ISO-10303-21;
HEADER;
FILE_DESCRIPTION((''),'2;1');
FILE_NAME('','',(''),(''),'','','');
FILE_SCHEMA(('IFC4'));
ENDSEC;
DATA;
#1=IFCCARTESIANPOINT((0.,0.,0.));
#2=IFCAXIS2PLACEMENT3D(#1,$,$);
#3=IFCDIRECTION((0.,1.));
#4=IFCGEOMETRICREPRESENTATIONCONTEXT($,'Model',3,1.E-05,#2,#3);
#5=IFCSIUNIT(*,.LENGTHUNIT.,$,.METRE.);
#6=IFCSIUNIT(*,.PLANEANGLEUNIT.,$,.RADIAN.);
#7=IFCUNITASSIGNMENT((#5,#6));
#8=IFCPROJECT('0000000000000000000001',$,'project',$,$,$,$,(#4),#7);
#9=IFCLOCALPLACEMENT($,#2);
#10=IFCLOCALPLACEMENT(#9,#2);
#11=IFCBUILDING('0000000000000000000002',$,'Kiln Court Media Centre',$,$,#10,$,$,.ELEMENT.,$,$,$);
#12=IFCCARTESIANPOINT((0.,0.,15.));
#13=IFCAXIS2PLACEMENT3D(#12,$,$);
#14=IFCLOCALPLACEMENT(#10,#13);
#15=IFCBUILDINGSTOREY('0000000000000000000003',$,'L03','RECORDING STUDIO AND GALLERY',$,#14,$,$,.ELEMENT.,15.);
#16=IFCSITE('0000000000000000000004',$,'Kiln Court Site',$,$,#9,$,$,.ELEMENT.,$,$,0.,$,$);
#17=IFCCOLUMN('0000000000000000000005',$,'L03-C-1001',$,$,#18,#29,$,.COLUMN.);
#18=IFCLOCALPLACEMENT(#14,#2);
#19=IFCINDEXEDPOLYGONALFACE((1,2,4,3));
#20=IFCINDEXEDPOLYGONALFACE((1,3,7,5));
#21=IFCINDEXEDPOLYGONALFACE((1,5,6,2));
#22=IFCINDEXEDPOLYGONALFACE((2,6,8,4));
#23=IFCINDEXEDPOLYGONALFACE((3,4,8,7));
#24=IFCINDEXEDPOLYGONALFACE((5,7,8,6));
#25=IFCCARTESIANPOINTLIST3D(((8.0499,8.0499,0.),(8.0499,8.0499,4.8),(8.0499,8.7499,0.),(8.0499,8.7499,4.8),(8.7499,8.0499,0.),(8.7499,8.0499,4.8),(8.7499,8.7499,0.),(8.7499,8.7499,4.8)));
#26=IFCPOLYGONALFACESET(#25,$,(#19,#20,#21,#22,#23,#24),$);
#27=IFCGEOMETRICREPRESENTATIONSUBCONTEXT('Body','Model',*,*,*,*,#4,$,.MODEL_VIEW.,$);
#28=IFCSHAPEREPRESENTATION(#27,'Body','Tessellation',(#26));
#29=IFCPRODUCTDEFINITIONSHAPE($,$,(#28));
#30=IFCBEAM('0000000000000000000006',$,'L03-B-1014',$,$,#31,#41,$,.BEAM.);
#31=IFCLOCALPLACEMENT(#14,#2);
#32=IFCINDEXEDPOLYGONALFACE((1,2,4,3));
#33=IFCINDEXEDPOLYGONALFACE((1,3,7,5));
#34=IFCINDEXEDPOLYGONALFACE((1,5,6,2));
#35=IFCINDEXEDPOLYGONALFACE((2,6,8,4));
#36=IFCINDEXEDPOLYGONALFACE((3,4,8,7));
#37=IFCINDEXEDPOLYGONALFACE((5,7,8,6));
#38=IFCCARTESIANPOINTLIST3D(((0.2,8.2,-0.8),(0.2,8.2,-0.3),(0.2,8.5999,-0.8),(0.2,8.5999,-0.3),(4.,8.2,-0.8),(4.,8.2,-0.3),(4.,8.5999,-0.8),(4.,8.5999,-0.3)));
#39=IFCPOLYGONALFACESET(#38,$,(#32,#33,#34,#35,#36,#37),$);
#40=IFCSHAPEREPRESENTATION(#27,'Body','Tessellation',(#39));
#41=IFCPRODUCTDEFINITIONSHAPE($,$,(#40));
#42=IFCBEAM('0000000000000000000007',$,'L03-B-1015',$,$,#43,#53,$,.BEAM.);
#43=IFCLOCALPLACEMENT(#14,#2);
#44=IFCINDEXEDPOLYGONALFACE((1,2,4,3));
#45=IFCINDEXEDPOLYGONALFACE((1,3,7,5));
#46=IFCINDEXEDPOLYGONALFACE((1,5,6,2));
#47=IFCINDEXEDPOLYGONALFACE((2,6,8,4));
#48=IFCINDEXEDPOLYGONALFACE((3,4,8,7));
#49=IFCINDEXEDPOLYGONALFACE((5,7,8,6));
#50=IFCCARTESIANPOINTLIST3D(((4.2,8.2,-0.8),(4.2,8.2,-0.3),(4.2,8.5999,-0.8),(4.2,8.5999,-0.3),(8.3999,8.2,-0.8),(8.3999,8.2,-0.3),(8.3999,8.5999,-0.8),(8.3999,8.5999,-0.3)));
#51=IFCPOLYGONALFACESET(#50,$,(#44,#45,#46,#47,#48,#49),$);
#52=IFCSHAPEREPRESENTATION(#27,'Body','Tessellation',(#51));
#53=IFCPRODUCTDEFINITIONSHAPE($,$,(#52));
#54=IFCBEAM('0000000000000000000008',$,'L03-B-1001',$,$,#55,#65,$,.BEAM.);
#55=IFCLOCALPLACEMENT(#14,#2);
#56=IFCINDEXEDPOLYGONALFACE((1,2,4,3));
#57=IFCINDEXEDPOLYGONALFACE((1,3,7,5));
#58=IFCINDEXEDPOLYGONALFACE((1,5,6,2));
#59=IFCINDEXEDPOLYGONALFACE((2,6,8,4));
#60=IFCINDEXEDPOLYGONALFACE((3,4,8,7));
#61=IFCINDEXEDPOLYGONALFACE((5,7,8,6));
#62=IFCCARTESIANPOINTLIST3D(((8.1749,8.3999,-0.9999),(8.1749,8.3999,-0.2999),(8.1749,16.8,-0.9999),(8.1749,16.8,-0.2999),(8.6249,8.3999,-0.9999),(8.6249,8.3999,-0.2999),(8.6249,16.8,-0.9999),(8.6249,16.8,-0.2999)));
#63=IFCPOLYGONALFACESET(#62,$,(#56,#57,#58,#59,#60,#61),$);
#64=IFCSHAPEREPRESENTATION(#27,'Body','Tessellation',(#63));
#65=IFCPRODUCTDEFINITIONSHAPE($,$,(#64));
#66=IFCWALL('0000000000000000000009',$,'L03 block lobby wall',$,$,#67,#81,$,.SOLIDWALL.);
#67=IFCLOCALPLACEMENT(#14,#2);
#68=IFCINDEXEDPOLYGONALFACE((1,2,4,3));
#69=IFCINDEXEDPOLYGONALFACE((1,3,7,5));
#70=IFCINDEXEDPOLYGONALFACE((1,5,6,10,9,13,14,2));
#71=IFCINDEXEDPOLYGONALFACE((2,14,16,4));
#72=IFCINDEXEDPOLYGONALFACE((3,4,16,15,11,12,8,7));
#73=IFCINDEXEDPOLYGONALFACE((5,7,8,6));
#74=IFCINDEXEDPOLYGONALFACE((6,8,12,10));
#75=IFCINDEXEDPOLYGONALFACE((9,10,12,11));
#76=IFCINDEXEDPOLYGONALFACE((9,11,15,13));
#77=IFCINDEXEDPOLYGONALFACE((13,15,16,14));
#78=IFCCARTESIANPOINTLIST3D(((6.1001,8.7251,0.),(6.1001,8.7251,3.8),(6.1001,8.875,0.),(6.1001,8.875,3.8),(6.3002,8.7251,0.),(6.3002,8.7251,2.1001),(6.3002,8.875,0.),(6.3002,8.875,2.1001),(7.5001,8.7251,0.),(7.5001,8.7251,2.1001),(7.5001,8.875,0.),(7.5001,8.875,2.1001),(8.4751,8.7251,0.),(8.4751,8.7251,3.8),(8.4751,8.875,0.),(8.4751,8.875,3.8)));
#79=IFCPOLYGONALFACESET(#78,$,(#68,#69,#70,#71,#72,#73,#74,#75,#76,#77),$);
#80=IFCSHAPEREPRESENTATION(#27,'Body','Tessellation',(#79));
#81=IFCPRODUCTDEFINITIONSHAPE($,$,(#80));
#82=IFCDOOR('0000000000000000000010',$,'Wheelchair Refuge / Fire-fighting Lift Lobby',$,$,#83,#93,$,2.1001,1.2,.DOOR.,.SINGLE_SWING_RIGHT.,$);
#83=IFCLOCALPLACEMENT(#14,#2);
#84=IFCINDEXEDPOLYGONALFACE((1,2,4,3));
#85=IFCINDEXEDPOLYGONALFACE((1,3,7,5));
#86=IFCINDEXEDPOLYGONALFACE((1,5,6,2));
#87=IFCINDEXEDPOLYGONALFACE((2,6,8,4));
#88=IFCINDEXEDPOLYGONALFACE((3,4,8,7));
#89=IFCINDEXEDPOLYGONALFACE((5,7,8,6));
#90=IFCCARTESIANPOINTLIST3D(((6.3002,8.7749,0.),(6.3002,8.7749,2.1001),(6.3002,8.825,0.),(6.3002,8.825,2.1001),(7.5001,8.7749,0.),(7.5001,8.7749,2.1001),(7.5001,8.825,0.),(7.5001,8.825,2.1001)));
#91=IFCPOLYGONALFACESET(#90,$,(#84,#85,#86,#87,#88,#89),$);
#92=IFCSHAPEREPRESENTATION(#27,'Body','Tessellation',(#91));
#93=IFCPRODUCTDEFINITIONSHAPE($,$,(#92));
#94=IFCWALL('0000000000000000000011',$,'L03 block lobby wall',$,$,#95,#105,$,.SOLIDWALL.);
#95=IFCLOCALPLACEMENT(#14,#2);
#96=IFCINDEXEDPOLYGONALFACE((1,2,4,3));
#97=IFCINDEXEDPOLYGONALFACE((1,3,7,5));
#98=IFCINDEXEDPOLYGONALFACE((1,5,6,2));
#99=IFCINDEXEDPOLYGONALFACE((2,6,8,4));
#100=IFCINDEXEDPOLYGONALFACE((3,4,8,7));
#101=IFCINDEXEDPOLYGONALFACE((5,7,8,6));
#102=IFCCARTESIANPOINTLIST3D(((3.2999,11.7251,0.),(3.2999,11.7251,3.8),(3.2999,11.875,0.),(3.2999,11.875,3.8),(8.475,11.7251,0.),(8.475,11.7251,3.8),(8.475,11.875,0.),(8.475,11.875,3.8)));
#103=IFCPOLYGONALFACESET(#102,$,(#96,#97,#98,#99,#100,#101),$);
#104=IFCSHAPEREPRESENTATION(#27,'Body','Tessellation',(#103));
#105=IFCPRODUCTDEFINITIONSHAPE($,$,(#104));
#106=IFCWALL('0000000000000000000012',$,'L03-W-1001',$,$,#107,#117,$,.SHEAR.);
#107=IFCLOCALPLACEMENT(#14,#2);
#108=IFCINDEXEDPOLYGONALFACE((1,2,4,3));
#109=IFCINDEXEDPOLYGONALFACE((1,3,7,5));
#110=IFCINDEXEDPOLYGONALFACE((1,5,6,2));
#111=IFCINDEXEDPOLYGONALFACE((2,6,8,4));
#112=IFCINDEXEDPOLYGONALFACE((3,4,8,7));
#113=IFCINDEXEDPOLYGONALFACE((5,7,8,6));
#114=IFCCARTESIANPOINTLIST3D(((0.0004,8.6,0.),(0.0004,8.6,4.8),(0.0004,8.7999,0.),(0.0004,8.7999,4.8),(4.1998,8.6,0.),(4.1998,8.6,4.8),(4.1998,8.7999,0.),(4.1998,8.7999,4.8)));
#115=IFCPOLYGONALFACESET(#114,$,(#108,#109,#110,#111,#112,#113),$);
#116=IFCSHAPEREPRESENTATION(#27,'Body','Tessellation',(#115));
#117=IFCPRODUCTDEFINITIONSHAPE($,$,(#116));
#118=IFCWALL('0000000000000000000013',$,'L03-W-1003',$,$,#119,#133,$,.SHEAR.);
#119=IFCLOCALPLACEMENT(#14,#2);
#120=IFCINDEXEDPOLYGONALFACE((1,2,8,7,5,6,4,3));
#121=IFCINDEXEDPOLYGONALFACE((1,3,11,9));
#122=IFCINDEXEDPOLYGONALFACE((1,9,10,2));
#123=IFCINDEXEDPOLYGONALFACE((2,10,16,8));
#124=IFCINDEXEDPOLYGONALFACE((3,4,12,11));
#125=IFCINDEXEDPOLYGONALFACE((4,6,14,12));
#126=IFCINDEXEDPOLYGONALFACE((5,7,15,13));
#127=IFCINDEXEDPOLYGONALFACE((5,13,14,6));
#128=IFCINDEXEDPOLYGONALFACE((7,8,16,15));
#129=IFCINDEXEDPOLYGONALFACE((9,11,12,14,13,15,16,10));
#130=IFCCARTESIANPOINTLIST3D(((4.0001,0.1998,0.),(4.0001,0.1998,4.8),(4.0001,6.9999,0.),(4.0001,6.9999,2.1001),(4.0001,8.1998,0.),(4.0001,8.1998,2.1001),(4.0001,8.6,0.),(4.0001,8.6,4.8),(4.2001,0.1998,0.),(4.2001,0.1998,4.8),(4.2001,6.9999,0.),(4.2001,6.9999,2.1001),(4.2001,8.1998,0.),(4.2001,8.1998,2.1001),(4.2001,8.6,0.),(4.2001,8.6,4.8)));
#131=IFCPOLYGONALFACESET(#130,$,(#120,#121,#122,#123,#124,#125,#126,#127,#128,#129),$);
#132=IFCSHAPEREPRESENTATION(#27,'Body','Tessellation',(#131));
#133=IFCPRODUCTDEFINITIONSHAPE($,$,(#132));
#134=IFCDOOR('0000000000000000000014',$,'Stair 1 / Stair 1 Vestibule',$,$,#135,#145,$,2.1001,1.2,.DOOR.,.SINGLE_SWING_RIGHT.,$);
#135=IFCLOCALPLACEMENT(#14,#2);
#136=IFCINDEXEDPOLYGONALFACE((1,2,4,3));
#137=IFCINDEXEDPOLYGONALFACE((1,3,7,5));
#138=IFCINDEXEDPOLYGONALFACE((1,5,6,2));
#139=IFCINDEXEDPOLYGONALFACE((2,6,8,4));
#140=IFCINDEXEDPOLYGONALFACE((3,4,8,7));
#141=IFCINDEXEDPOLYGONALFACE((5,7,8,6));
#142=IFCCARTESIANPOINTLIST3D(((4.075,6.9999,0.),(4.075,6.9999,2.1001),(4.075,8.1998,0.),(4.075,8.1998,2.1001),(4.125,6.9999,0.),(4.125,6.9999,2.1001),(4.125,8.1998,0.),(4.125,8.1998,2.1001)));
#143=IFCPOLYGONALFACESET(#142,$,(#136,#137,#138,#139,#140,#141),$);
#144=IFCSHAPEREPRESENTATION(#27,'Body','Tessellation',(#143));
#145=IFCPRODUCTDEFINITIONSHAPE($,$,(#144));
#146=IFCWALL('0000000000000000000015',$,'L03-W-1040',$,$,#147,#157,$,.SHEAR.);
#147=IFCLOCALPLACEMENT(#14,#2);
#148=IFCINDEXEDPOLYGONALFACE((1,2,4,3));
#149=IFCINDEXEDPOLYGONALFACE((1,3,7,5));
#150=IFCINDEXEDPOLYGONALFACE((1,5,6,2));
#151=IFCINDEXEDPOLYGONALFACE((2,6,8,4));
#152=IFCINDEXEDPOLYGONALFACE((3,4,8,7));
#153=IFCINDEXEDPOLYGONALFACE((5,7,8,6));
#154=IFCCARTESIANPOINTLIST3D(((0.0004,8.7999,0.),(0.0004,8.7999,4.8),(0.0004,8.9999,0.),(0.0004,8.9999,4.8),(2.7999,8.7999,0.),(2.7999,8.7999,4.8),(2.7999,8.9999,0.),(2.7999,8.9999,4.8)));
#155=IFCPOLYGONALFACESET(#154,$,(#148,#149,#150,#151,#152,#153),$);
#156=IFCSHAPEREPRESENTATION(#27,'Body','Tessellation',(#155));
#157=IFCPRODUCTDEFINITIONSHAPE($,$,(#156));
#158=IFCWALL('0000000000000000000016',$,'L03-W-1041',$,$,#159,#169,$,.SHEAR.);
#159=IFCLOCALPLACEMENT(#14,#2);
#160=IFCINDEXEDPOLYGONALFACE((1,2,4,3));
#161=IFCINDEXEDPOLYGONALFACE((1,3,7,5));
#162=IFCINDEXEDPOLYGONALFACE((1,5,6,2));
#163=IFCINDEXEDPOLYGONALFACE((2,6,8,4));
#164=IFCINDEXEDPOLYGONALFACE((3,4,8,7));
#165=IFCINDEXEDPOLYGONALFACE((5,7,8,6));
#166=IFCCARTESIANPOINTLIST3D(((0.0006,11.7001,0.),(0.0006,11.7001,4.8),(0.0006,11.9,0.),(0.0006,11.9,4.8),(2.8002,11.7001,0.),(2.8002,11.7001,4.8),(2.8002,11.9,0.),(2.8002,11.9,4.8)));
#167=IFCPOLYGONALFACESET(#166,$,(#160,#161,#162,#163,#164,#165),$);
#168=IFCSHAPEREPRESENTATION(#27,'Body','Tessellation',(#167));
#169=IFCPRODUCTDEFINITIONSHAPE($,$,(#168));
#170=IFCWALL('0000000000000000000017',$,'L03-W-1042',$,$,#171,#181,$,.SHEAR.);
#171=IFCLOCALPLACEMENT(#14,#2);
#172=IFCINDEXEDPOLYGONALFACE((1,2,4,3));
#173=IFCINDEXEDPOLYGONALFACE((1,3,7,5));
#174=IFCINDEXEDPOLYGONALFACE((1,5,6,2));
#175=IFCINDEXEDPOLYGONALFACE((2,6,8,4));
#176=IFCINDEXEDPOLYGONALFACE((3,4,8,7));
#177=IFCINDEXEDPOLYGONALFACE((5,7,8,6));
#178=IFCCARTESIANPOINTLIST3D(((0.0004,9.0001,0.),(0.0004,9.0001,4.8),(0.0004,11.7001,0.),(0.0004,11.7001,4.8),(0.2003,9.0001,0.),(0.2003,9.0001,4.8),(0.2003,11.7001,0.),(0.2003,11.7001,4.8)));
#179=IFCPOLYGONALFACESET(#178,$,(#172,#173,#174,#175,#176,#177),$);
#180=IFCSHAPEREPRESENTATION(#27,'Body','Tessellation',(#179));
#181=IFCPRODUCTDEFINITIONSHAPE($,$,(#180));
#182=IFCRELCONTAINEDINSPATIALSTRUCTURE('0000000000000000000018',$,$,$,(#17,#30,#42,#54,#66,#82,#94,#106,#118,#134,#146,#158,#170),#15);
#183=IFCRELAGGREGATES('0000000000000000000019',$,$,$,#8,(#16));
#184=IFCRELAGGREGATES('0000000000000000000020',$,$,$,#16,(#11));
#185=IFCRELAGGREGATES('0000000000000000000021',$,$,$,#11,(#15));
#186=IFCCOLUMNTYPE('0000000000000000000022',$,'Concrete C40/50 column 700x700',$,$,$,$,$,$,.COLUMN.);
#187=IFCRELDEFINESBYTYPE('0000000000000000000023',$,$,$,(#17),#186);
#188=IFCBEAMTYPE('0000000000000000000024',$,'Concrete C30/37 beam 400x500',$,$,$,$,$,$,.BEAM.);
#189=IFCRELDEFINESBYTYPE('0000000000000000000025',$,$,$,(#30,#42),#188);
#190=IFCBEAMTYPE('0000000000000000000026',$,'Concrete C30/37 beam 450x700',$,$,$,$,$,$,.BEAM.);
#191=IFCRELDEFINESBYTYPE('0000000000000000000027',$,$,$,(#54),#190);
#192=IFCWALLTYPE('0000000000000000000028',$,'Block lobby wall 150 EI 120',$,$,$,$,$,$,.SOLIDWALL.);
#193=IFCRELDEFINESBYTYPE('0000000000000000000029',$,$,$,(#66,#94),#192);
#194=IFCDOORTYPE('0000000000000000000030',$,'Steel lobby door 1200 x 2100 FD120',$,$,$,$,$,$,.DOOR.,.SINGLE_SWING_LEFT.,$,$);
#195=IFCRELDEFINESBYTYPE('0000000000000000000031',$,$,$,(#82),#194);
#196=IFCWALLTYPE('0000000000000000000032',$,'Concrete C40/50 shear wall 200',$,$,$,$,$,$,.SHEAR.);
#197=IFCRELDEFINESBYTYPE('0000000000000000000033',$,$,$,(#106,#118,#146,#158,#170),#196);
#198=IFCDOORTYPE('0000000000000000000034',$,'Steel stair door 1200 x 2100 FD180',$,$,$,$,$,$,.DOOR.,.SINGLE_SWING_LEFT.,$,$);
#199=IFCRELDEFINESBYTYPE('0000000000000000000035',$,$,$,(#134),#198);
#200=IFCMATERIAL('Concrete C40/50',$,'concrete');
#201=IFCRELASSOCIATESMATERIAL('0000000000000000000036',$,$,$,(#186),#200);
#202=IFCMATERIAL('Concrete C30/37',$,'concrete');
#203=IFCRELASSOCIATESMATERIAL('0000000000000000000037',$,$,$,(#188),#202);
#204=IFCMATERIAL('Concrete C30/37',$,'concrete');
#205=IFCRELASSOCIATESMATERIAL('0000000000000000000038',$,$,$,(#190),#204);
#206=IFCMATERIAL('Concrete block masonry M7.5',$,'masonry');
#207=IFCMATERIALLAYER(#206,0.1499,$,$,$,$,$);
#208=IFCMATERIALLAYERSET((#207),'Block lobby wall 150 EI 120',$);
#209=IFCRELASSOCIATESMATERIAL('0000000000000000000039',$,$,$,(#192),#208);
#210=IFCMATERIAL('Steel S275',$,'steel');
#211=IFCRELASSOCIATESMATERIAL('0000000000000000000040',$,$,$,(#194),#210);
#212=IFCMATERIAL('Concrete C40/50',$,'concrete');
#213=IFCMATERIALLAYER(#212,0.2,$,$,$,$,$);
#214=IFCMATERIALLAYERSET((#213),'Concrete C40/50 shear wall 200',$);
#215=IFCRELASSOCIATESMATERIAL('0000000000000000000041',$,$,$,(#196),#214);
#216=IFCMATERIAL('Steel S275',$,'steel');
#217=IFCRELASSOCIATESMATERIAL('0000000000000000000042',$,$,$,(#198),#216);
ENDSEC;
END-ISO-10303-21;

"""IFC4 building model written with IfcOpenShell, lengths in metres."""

from ifc_helpers import new_model, si_unit, direction, frame, frame_2d, origin, origin_2d, place, context, subcontext, project, spatial, rectangle, extrude, material, layer, layer_set, material_profile, profile_set, type_object, element, fill, save


model = new_model("IFC4")

# Units and contexts
model_context = context("Model", 3, precision=1e-05, world=origin(), true_north=direction((0.0, 1.0)))
body_context = subcontext(model_context, "Body", "Model", "MODEL_VIEW")
ifc_project = project(units=[si_unit("LENGTHUNIT", "METRE"), si_unit("PLANEANGLEUNIT", "RADIAN")], contexts=[model_context])

# Site, building, storey
site_placement = place(None, origin())
site = spatial("IfcSite", under=ifc_project, at=site_placement, Name="Kiln Court Site", CompositionType="ELEMENT", RefElevation=0.0)
building_placement = place(site_placement, origin())
building = spatial("IfcBuilding", under=site, at=building_placement, Name="Kiln Court Media Centre", CompositionType="ELEMENT")
storey_placement = place(building_placement, frame((0.0, 0.0, 15.0)))
storey = spatial("IfcBuildingStorey", under=building, at=storey_placement, Name="L03", Description="RECORDING STUDIO AND GALLERY", CompositionType="ELEMENT", Elevation=15.0)

# Column
ifc_material_1 = material(Name="Concrete C40/50", Category="concrete")
ifc_material_profile_1 = material_profile(ifc_material_1, rectangle(XDim=0.7, YDim=0.7, at=origin_2d()), Name="RC 700x700")
ifc_profile_set_1 = profile_set([ifc_material_profile_1], Name="Concrete C40/50")
column_type = type_object("IfcColumnType", Name="Concrete C40/50 column 700x700", PredefinedType="COLUMN", material=ifc_profile_set_1)
column_placement = place(storey_placement, frame((8.3999, 8.3999, 0.0), z_axis=(0.0, 0.0, 1.0), x_axis=(1.0, 0.0, 0.0)))
element("IfcColumn", 1, at=column_placement, inside=storey, type_object=column_type, Name="L03-C-1001", PredefinedType="COLUMN", context=body_context, shape_type="SweptSolid", body=[
    extrude(rectangle(XDim=0.7, YDim=0.7, at=origin_2d()), origin(), (0.0, 0.0, 1.0), 4.8),
])

# Beams
ifc_material_2 = material(Name="Concrete C30/37", Category="concrete")
ifc_material_profile_2 = material_profile(ifc_material_2, rectangle(XDim=0.3999, YDim=0.5, at=origin_2d()), Name="RC 400x500")
ifc_profile_set_2 = profile_set([ifc_material_profile_2], Name="Concrete C30/37")
beam_type_1 = type_object("IfcBeamType", Name="Concrete C30/37 beam 400x500", PredefinedType="BEAM", material=ifc_profile_set_2)
beam_1_placement = place(storey_placement, frame((0.2, 8.3999, -0.55), z_axis=(1.0, 0.0, 0.0), x_axis=(0.0, 1.0, 0.0)))
element("IfcBeam", 2, at=beam_1_placement, inside=storey, type_object=beam_type_1, Name="L03-B-1014", PredefinedType="BEAM", context=body_context, shape_type="SweptSolid", body=[
    extrude(rectangle(XDim=0.3999, YDim=0.5, at=origin_2d()), origin(), (0.0, 0.0, 1.0), 3.8),
])
beam_2_placement = place(storey_placement, frame((4.2, 8.3999, -0.55), z_axis=(1.0, 0.0, 0.0), x_axis=(0.0, 1.0, 0.0)))
element("IfcBeam", 3, at=beam_2_placement, inside=storey, type_object=beam_type_1, Name="L03-B-1015", PredefinedType="BEAM", context=body_context, shape_type="SweptSolid", body=[
    extrude(rectangle(XDim=0.3999, YDim=0.5, at=origin_2d()), origin(), (0.0, 0.0, 1.0), 4.2),
])
ifc_material_3 = material(Name="Concrete C30/37", Category="concrete")
ifc_material_profile_3 = material_profile(ifc_material_3, rectangle(XDim=0.45, YDim=0.7, at=origin_2d()), Name="RC 450x700")
ifc_profile_set_3 = profile_set([ifc_material_profile_3], Name="Concrete C30/37")
beam_type_2 = type_object("IfcBeamType", Name="Concrete C30/37 beam 450x700", PredefinedType="BEAM", material=ifc_profile_set_3)
beam_3_placement = place(storey_placement, frame((8.3999, 8.3999, -0.6499), z_axis=(0.0, 1.0, 0.0), x_axis=(-1.0, 0.0, 0.0)))
element("IfcBeam", 4, at=beam_3_placement, inside=storey, type_object=beam_type_2, Name="L03-B-1001", PredefinedType="BEAM", context=body_context, shape_type="SweptSolid", body=[
    extrude(rectangle(XDim=0.45, YDim=0.7, at=origin_2d()), origin(), (0.0, 0.0, 1.0), 8.4001),
])

# Wall, opening, door
ifc_material_4 = material(Name="Concrete block masonry M7.5", Category="masonry")
ifc_layer_1 = layer(ifc_material_4, 0.1499)
ifc_layer_set_1 = layer_set([ifc_layer_1], Name="Block lobby wall 150 EI 120")
wall_type_1 = type_object("IfcWallType", Name="Block lobby wall 150 EI 120", PredefinedType="SOLIDWALL", material=ifc_layer_set_1)
wall_1_placement = place(storey_placement, frame((6.1001, 8.8, 0.0), z_axis=(0.0, 0.0, 1.0), x_axis=(1.0, 0.0, 0.0)))
wall_1 = element("IfcWall", 5, at=wall_1_placement, inside=storey, type_object=wall_type_1, Name="L03 block lobby wall", PredefinedType="SOLIDWALL", context=body_context, shape_type="SweptSolid", body=[
    extrude(rectangle(XDim=2.375, YDim=0.1499, at=frame_2d((1.1875, 0.0))), origin(), (0.0, 0.0, 1.0), 3.8),
])
opening_1_placement = place(wall_1_placement, frame((0.2, 0.0, 0.0)))
opening_1 = element("IfcOpeningElement", 6, at=opening_1_placement, cuts=wall_1, PredefinedType="OPENING", context=body_context, shape_type="SweptSolid", body=[
    extrude(rectangle(XDim=1.2, YDim=2.1001, at=frame_2d((0.6001, 1.05))), frame((0.0, 0.085, 0.0), z_axis=(0.0, -1.0, 0.0), x_axis=(1.0, 0.0, 0.0)), (0.0, 0.0, 1.0), 0.1699),
])
ifc_material_5 = material(Name="Steel S275", Category="steel")
door_type_1 = type_object("IfcDoorType", Name="Steel lobby door 1200 x 2100 FD120", OperationType="SINGLE_SWING_LEFT", PredefinedType="DOOR", material=ifc_material_5)
door_1_placement = place(opening_1_placement, origin())
door_1 = element("IfcDoor", 7, at=door_1_placement, inside=storey, type_object=door_type_1, Name="Wheelchair Refuge / Fire-fighting Lift Lobby", OperationType="SINGLE_SWING_RIGHT", OverallHeight=2.1001, OverallWidth=1.2, PredefinedType="DOOR", context=body_context, shape_type="SweptSolid", body=[
    extrude(rectangle(XDim=1.2, YDim=2.1001, at=frame_2d((0.6001, 1.05))), frame((0.0, 0.0249, 0.0), z_axis=(0.0, -1.0, 0.0), x_axis=(1.0, 0.0, 0.0)), (0.0, 0.0, 1.0), 0.05),
])
fill(opening_1, door_1)

# Walls
wall_2_placement = place(storey_placement, frame((3.3, 11.8, 0.0), z_axis=(0.0, 0.0, 1.0), x_axis=(1.0, 0.0, 0.0)))
element("IfcWall", 8, at=wall_2_placement, inside=storey, type_object=wall_type_1, Name="L03 block lobby wall", PredefinedType="SOLIDWALL", context=body_context, shape_type="SweptSolid", body=[
    extrude(rectangle(XDim=5.175, YDim=0.1499, at=frame_2d((2.5874, 0.0))), origin(), (0.0, 0.0, 1.0), 3.8),
])
ifc_material_6 = material(Name="Concrete C40/50", Category="concrete")
ifc_layer_2 = layer(ifc_material_6, 0.2)
ifc_layer_set_2 = layer_set([ifc_layer_2], Name="Concrete C40/50 shear wall 200")
wall_type_2 = type_object("IfcWallType", Name="Concrete C40/50 shear wall 200", PredefinedType="SHEAR", material=ifc_layer_set_2)
wall_3_placement = place(storey_placement, frame((0.0005, 8.7, 0.0), z_axis=(0.0, 0.0, 1.0), x_axis=(1.0, 0.0, 0.0)))
element("IfcWall", 9, at=wall_3_placement, inside=storey, type_object=wall_type_2, Name="L03-W-1001", PredefinedType="SHEAR", context=body_context, shape_type="SweptSolid", body=[
    extrude(rectangle(XDim=4.1995, YDim=0.2, at=frame_2d((2.0996, 0.0))), origin(), (0.0, 0.0, 1.0), 4.8),
])

# Wall, opening, door
wall_4_placement = place(storey_placement, frame((4.1001, 8.6001, 0.0), z_axis=(0.0, 0.0, 1.0), x_axis=(0.0, -1.0, 0.0)))
wall_4 = element("IfcWall", 10, at=wall_4_placement, inside=storey, type_object=wall_type_2, Name="L03-W-1003", PredefinedType="SHEAR", context=body_context, shape_type="SweptSolid", body=[
    extrude(rectangle(XDim=8.4001, YDim=0.2, at=frame_2d((4.2002, 0.0))), origin(), (0.0, 0.0, 1.0), 4.8),
])
opening_2_placement = place(wall_4_placement, frame((0.4001, 0.0, 0.0)))
opening_2 = element("IfcOpeningElement", 11, at=opening_2_placement, cuts=wall_4, PredefinedType="OPENING", context=body_context, shape_type="SweptSolid", body=[
    extrude(rectangle(XDim=1.2, YDim=2.1001, at=frame_2d((0.6001, 1.05))), frame((0.0, 0.1099, 0.0), z_axis=(0.0, -1.0, 0.0), x_axis=(1.0, 0.0, 0.0)), (0.0, 0.0, 1.0), 0.22),
])
ifc_material_7 = material(Name="Steel S275", Category="steel")
door_type_2 = type_object("IfcDoorType", Name="Steel stair door 1200 x 2100 FD180", OperationType="SINGLE_SWING_LEFT", PredefinedType="DOOR", material=ifc_material_7)
door_2_placement = place(opening_2_placement, origin())
door_2 = element("IfcDoor", 12, at=door_2_placement, inside=storey, type_object=door_type_2, Name="Stair 1 / Stair 1 Vestibule", OperationType="SINGLE_SWING_RIGHT", OverallHeight=2.1001, OverallWidth=1.2, PredefinedType="DOOR", context=body_context, shape_type="SweptSolid", body=[
    extrude(rectangle(XDim=1.2, YDim=2.1001, at=frame_2d((0.6001, 1.05))), frame((0.0, 0.0249, 0.0), z_axis=(0.0, -1.0, 0.0), x_axis=(1.0, 0.0, 0.0)), (0.0, 0.0, 1.0), 0.05),
])
fill(opening_2, door_2)

# Walls
for number, where, z_axis, x_axis, name in (
    (13, (2.8, 8.8999, 0.0), (0.0, 0.0, 1.0), (-1.0, 0.0, 0.0), "L03-W-1040"),
    (14, (0.0005, 11.8, 0.0), (0.0, 0.0, 1.0), (1.0, 0.0, 0.0), "L03-W-1041"),
):
    element("IfcWall", number, at=place(storey_placement, frame(where, z_axis=z_axis, x_axis=x_axis)), inside=storey, type_object=wall_type_2, Name=name, PredefinedType="SHEAR", context=body_context, shape_type="SweptSolid", body=[
        extrude(rectangle(XDim=2.7996, YDim=0.2, at=frame_2d((1.3999, 0.0))), origin(), (0.0, 0.0, 1.0), 4.8),
    ])
wall_5_placement = place(storey_placement, frame((0.1003, 9.0, 0.0), z_axis=(0.0, 0.0, 1.0), x_axis=(0.0, 1.0, 0.0)))
element("IfcWall", 15, at=wall_5_placement, inside=storey, type_object=wall_type_2, Name="L03-W-1042", PredefinedType="SHEAR", context=body_context, shape_type="SweptSolid", body=[
    extrude(rectangle(XDim=2.7, YDim=0.2, at=frame_2d((1.3501, 0.0))), origin(), (0.0, 0.0, 1.0), 4.8),
])

save(model, "model.ifc")
